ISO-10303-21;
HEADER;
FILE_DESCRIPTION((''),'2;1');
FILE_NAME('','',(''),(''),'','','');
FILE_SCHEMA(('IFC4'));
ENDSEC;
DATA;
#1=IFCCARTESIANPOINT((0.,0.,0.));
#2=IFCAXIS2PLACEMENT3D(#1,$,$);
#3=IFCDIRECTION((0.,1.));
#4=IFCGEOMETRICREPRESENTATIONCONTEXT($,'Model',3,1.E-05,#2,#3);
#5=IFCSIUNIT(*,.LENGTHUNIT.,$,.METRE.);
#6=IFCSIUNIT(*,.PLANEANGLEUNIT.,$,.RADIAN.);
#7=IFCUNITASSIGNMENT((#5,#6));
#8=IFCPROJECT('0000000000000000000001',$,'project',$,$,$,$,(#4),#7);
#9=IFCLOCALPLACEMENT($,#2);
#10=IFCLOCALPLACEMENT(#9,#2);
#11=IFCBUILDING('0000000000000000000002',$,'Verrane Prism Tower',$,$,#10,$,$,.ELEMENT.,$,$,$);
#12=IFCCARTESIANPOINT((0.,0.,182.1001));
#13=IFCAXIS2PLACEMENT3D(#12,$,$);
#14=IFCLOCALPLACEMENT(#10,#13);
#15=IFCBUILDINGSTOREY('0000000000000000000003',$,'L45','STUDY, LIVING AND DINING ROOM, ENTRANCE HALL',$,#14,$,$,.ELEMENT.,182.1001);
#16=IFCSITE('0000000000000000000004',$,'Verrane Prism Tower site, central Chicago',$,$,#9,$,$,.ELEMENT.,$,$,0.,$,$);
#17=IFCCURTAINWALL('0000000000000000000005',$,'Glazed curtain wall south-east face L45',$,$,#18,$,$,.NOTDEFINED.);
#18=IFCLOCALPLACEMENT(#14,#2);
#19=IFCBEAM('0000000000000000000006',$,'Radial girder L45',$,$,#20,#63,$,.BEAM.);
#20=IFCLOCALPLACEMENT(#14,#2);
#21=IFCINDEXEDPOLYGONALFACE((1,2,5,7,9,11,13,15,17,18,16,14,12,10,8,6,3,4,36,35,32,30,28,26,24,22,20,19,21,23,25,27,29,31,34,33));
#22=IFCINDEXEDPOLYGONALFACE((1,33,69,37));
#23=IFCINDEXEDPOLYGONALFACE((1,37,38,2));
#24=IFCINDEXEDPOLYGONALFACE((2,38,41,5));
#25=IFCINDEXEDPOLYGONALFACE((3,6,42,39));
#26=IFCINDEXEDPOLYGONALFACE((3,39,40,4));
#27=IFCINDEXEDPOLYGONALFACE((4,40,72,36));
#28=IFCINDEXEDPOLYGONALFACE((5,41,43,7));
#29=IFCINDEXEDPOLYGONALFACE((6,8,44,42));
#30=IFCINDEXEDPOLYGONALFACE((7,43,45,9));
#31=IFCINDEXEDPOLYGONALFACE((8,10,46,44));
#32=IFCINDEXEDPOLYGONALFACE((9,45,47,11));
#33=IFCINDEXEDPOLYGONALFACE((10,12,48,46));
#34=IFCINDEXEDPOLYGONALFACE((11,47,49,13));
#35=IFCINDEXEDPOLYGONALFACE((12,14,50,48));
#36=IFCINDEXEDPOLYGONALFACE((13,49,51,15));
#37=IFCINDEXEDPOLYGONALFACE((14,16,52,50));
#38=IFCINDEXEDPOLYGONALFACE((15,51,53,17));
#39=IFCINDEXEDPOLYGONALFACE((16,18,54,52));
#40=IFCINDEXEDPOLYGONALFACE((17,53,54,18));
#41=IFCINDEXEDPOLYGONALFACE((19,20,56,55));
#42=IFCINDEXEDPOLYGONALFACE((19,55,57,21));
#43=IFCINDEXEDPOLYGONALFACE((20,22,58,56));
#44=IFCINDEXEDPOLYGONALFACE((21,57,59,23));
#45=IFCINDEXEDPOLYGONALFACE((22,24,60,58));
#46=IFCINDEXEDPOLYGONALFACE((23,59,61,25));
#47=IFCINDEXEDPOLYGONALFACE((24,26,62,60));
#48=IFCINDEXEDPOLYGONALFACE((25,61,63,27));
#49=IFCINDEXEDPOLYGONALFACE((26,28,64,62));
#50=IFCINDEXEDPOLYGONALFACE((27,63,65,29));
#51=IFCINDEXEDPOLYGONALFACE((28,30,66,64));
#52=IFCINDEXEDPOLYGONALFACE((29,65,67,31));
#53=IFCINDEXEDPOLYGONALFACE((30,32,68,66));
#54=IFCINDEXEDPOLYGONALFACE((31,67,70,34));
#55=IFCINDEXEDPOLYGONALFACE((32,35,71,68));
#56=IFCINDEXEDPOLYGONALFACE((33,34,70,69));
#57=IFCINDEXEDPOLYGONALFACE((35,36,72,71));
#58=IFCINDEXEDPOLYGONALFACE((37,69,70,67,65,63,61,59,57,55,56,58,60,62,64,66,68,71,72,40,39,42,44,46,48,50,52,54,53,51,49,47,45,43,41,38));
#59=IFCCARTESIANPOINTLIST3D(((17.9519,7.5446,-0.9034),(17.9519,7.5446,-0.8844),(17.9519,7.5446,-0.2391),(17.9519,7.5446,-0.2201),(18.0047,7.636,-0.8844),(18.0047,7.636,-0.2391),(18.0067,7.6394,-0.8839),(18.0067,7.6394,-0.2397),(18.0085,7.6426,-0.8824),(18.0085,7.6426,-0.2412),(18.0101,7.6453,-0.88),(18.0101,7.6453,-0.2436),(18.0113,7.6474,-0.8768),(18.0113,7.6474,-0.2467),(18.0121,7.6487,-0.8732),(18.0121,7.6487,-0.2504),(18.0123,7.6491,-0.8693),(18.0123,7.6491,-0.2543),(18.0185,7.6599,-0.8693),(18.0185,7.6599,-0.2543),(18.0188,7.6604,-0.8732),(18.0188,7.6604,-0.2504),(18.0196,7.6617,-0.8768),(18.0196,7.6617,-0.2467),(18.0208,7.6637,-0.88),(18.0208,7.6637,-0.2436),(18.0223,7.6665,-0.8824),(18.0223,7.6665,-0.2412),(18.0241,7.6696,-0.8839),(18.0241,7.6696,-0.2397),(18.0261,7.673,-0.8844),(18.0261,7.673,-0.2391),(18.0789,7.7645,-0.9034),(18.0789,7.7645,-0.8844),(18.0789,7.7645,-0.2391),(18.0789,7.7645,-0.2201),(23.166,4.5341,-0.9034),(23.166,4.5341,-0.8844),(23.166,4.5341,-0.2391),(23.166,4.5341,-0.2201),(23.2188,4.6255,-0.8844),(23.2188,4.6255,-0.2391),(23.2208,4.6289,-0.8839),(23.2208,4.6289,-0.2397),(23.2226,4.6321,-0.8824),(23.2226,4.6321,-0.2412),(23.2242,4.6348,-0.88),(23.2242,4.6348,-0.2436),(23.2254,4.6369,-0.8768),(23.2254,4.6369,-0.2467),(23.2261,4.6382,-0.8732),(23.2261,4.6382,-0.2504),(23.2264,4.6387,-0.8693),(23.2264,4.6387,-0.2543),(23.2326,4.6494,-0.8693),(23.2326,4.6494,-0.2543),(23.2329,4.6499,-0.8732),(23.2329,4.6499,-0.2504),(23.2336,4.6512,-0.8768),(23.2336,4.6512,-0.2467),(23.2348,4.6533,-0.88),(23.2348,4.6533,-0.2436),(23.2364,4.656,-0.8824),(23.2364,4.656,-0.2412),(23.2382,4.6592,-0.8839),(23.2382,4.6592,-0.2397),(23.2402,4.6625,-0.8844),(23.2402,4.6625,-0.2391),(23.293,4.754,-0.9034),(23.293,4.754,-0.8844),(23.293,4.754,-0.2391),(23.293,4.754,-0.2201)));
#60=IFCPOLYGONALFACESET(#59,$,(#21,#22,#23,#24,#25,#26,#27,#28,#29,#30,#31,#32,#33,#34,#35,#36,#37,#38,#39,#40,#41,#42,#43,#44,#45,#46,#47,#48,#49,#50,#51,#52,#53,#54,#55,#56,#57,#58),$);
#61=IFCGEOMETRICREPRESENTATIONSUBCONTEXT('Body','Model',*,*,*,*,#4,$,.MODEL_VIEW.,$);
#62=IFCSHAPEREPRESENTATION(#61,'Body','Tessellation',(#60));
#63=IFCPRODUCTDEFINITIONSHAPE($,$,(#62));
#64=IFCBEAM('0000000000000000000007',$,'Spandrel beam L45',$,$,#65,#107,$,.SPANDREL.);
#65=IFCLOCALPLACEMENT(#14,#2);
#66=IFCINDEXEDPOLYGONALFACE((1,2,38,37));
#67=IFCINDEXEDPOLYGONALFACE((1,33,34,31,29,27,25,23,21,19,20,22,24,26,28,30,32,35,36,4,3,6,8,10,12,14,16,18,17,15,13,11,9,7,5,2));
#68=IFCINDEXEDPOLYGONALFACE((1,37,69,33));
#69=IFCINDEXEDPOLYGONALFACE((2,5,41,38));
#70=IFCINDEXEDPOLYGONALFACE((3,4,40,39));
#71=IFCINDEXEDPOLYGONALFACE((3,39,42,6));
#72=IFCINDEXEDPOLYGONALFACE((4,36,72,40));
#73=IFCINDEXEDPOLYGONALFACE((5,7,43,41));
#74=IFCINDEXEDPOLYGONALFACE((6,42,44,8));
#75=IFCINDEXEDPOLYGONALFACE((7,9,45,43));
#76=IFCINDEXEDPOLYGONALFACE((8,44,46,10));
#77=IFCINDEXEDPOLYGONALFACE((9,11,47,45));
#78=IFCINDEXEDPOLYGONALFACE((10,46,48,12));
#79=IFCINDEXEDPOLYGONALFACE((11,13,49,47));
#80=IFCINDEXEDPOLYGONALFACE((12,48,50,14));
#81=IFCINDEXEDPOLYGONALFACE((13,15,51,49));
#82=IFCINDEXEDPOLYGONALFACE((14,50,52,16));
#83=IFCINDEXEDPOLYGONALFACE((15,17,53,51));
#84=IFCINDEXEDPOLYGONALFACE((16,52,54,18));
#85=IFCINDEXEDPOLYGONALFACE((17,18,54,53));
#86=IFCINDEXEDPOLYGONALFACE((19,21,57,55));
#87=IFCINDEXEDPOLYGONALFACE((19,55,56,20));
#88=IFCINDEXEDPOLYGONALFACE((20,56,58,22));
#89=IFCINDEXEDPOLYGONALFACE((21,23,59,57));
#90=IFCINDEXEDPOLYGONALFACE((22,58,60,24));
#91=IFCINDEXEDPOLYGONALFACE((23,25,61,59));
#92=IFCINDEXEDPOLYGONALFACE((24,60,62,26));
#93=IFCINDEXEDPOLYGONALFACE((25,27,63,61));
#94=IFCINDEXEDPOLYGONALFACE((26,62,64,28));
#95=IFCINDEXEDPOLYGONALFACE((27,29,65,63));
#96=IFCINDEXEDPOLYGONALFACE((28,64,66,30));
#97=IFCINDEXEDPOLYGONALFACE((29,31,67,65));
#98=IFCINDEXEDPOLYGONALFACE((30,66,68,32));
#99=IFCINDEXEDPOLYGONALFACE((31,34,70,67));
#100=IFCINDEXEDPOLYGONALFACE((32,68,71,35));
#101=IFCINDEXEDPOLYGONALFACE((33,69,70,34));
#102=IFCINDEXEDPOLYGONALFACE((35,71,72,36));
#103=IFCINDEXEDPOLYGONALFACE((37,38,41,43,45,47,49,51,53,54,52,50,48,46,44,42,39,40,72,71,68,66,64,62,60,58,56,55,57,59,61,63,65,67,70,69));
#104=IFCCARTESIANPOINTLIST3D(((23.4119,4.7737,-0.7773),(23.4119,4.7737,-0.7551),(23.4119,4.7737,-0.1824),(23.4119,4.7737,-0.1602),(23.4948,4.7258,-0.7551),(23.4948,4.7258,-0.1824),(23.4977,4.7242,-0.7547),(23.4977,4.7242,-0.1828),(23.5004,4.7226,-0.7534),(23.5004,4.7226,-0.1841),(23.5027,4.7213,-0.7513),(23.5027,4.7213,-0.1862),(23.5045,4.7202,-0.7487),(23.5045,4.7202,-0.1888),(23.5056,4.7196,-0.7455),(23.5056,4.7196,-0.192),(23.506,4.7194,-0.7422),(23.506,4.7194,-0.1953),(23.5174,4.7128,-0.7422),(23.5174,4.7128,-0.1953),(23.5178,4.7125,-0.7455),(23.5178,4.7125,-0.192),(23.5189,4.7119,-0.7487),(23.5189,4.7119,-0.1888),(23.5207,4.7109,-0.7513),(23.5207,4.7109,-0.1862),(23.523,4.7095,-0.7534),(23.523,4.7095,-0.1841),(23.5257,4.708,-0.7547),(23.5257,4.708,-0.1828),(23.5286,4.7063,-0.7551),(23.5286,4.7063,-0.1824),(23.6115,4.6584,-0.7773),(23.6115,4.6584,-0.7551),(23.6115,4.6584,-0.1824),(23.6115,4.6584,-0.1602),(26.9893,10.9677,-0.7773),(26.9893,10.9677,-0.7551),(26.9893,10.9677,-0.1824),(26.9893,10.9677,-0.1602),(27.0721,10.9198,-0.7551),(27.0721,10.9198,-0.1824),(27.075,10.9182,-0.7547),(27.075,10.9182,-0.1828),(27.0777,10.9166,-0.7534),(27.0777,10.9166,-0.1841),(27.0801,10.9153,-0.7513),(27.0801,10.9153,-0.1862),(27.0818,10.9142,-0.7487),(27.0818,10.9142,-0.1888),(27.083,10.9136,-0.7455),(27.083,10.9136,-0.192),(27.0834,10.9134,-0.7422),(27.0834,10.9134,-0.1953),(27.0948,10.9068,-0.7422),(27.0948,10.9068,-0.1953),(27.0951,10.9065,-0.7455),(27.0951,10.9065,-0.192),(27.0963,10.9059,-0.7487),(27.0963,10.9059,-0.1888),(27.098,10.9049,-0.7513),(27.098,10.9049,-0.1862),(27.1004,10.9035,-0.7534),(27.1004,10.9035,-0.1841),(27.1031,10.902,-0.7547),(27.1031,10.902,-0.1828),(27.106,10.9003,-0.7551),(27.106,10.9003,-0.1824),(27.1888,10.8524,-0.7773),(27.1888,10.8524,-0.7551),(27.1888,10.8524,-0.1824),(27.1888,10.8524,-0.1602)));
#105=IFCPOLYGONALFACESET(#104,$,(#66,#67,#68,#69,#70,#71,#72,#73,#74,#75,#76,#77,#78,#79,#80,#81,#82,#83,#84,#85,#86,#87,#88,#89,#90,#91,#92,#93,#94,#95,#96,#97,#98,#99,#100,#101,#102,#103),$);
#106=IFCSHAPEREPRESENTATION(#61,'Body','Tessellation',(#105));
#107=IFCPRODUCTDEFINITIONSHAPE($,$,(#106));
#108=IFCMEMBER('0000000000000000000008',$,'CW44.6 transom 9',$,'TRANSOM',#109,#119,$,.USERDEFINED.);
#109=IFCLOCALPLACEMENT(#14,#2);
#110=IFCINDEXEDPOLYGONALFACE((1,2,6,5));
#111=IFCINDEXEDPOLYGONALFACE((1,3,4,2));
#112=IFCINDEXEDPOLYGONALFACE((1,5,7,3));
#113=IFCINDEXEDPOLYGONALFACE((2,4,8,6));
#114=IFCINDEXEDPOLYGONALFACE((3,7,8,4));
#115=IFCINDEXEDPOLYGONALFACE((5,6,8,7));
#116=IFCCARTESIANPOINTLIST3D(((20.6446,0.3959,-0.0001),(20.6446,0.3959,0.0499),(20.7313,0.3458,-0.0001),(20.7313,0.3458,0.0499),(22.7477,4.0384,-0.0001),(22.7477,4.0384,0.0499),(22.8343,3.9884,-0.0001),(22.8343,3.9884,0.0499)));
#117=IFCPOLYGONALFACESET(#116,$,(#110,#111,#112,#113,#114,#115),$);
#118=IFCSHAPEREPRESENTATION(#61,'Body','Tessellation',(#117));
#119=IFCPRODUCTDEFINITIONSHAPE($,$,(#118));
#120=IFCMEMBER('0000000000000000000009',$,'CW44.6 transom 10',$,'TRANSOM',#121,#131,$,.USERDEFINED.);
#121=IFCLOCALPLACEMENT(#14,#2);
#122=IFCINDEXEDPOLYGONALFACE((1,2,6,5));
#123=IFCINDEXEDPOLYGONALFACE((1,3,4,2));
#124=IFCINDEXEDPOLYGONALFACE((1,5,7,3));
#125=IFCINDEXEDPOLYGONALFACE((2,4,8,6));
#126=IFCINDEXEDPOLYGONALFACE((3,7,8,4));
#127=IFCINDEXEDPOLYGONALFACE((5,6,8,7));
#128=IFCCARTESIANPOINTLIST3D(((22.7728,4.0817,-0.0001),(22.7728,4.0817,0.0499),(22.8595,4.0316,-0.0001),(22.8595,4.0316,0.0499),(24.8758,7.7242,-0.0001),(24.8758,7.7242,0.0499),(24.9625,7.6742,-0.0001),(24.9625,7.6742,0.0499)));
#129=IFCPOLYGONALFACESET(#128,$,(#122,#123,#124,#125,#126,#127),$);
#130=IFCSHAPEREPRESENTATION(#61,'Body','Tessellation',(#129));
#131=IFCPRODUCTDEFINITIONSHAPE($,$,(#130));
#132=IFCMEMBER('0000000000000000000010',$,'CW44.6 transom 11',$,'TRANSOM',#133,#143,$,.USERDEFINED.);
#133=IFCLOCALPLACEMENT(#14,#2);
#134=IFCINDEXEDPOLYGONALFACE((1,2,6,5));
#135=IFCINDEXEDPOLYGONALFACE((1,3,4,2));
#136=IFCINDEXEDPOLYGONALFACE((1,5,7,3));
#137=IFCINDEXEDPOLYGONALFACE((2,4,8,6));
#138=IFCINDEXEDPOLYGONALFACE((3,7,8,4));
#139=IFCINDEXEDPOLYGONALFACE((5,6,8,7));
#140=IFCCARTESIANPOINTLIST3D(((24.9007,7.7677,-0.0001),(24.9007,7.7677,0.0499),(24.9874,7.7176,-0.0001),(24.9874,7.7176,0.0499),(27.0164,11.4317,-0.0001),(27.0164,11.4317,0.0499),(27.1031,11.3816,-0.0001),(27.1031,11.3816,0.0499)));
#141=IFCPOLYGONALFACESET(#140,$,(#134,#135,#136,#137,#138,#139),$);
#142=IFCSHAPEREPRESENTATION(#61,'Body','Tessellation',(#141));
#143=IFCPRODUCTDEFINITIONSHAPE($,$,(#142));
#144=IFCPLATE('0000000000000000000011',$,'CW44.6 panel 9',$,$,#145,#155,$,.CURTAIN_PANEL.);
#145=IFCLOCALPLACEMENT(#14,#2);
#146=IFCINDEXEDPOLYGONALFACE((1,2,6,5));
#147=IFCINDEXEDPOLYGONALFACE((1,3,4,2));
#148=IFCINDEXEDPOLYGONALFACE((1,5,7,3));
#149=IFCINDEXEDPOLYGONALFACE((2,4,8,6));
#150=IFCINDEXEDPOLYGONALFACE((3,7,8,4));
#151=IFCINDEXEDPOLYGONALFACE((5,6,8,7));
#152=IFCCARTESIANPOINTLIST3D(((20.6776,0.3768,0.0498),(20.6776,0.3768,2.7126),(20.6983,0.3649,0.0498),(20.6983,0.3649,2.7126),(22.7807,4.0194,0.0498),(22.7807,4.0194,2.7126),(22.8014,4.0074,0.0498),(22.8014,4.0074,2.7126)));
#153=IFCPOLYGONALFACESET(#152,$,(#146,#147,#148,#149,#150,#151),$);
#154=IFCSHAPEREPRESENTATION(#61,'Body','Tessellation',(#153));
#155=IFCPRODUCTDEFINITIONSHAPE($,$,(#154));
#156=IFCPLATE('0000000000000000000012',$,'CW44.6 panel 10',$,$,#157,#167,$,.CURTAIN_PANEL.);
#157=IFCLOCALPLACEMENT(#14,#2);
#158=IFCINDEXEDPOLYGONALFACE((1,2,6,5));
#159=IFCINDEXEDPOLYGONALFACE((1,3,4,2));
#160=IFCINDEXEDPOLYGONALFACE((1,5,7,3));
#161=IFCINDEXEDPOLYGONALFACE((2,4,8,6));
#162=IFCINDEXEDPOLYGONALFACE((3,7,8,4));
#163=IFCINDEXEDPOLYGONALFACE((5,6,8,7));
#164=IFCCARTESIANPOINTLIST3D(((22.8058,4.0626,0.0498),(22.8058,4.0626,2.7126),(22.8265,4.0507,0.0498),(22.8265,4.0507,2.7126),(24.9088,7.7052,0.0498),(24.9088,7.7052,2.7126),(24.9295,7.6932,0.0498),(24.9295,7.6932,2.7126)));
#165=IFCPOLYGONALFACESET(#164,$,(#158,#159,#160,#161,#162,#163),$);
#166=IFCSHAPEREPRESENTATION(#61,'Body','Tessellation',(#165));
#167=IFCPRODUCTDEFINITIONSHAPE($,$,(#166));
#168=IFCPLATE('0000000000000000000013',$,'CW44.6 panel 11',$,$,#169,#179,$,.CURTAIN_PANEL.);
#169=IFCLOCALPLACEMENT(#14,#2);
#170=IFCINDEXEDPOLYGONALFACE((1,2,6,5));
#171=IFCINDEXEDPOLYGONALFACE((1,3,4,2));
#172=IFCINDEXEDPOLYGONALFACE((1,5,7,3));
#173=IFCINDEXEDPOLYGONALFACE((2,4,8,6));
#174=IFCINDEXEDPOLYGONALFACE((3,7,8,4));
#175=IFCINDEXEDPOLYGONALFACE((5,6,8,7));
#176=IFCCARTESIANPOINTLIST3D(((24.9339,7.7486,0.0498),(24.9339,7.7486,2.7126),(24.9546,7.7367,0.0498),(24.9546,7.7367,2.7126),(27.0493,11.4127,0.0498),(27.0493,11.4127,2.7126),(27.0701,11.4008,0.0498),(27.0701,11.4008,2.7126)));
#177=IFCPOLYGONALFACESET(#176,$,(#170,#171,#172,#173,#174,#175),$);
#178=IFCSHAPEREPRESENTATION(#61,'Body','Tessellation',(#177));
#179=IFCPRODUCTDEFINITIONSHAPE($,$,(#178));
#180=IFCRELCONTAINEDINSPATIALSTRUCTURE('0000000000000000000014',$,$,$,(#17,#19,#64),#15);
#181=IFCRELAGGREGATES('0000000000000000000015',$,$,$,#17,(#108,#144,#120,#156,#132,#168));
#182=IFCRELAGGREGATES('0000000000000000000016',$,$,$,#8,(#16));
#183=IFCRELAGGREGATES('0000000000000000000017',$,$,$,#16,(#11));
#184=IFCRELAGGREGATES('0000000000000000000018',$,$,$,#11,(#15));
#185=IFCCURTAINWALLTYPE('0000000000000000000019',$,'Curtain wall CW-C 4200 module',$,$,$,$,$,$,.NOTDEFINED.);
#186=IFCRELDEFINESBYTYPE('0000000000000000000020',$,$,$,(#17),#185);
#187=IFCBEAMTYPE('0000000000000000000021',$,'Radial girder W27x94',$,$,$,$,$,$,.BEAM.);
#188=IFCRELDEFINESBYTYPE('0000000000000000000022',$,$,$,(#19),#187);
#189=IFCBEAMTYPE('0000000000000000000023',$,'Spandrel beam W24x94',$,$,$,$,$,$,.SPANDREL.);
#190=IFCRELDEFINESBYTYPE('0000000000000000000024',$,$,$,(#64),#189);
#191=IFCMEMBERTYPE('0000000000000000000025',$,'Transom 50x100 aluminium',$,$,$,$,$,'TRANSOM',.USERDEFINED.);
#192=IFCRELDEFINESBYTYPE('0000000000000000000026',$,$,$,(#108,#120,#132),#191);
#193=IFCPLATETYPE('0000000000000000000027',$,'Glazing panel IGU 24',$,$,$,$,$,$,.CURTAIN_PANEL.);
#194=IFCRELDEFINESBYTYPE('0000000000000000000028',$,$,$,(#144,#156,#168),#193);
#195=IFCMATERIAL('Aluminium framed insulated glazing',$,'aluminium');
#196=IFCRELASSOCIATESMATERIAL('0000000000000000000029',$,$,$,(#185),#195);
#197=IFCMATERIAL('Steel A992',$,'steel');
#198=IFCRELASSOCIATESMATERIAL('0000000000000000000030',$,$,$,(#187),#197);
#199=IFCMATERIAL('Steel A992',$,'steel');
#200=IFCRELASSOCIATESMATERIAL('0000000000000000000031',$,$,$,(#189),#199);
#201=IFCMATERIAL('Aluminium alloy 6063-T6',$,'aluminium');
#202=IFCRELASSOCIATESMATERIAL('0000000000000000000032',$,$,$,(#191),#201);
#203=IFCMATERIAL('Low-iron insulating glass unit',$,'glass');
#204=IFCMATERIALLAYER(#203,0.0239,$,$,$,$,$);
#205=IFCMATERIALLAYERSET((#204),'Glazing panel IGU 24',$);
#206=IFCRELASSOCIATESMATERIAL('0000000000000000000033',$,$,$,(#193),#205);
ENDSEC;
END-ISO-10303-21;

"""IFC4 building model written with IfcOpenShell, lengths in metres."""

from ifc_helpers import new_model, si_unit, direction, frame, origin, origin_2d, place, context, subcontext, project, spatial, rectangle, i_section, extrude, material, layer, layer_set, material_profile, profile_set, type_object, element, aggregate, save


model = new_model("IFC4")

# Units and contexts
model_context = context("Model", 3, precision=1e-05, world=origin(), true_north=direction((0.0, 1.0)))
body_context = subcontext(model_context, "Body", "Model", "MODEL_VIEW")
ifc_project = project(units=[si_unit("LENGTHUNIT", "METRE"), si_unit("PLANEANGLEUNIT", "RADIAN")], contexts=[model_context])

# Site, building, storey
site_placement = place(None, origin())
site = spatial("IfcSite", under=ifc_project, at=site_placement, Name="Verrane Prism Tower site, central Chicago", CompositionType="ELEMENT", RefElevation=0.0)
building_placement = place(site_placement, origin())
building = spatial("IfcBuilding", under=site, at=building_placement, Name="Verrane Prism Tower", CompositionType="ELEMENT")
storey_placement = place(building_placement, frame((0.0, 0.0, 182.1001)))
storey = spatial("IfcBuildingStorey", under=building, at=storey_placement, Name="L45", Description="STUDY, LIVING AND DINING ROOM, ENTRANCE HALL", CompositionType="ELEMENT", Elevation=182.1001)

# Curtain wall
ifc_material_1 = material(Name="Aluminium framed insulated glazing", Category="aluminium")
curtain_wall_type = type_object("IfcCurtainWallType", Name="Curtain wall CW-C 4200 module", PredefinedType="NOTDEFINED", material=ifc_material_1)
curtain_wall_placement = place(storey_placement, origin())
curtain_wall = element("IfcCurtainWall", 1, at=curtain_wall_placement, inside=storey, type_object=curtain_wall_type, Name="Glazed curtain wall south-east face L45", PredefinedType="NOTDEFINED")

# Beams
ifc_material_2 = material(Name="Steel A992", Category="steel")
ifc_material_profile_1 = material_profile(ifc_material_2, i_section(OverallWidth=0.2539, OverallDepth=0.6833, WebThickness=0.0125, FlangeThickness=0.019, FilletRadius=0.0151, at=origin_2d()), Name="W27x94")
ifc_profile_set_1 = profile_set([ifc_material_profile_1], Name="Steel A992")
beam_type_1 = type_object("IfcBeamType", Name="Radial girder W27x94", PredefinedType="BEAM", material=ifc_profile_set_1)
beam_1_placement = place(storey_placement, frame((23.2295, 4.644, -0.5618), z_axis=(-0.866016, 0.500016, 0.0), x_axis=(-0.500016, -0.866016, 0.0)))
element("IfcBeam", 2, at=beam_1_placement, inside=storey, type_object=beam_type_1, Name="Radial girder L45", PredefinedType="BEAM", context=body_context, shape_type="SweptSolid", body=[
    extrude(i_section(OverallWidth=0.2539, OverallDepth=0.6833, WebThickness=0.0125, FlangeThickness=0.019, FilletRadius=0.0151, at=origin_2d()), origin(), (0.0, 0.0, 1.0), 6.0208),
])
ifc_material_3 = material(Name="Steel A992", Category="steel")
ifc_material_profile_2 = material_profile(ifc_material_3, i_section(OverallWidth=0.2305, OverallDepth=0.6172, WebThickness=0.0132, FlangeThickness=0.0222, FilletRadius=0.0129, at=origin_2d()), Name="W24x94")
ifc_profile_set_2 = profile_set([ifc_material_profile_2], Name="Steel A992")
beam_type_2 = type_object("IfcBeamType", Name="Spandrel beam W24x94", PredefinedType="SPANDREL", material=ifc_profile_set_2)
beam_2_placement = place(storey_placement, frame((23.5117, 4.7161, -0.4688), z_axis=(0.500129, 0.865951, 0.0), x_axis=(-0.865951, 0.500129, 0.0)))
element("IfcBeam", 3, at=beam_2_placement, inside=storey, type_object=beam_type_2, Name="Spandrel beam L45", PredefinedType="SPANDREL", context=body_context, shape_type="SweptSolid", body=[
    extrude(i_section(OverallWidth=0.2305, OverallDepth=0.6172, WebThickness=0.0132, FlangeThickness=0.0222, FilletRadius=0.0129, at=origin_2d()), origin(), (0.0, 0.0, 1.0), 7.1528),
])

# Members
ifc_material_4 = material(Name="Aluminium alloy 6063-T6", Category="aluminium")
ifc_material_profile_3 = material_profile(ifc_material_4, rectangle(XDim=0.1001, YDim=0.05, at=origin_2d()), Name="Transom 50x100 aluminium")
ifc_profile_set_3 = profile_set([ifc_material_profile_3], Name="Aluminium alloy 6063-T6")
member_type_1 = type_object("IfcMemberType", Name="Transom 50x100 aluminium", ElementType="TRANSOM", PredefinedType="USERDEFINED", material=ifc_profile_set_3)
member_1_placement = place(storey_placement, frame((20.688, 0.3708, 0.0249), z_axis=(0.499997, 0.866027, 0.0), x_axis=(-0.866027, 0.499997, 0.0)))
member_1 = element("IfcMember", 4, at=member_1_placement, type_object=member_type_1, Name="CW44.6 transom 9", ObjectType="TRANSOM", PredefinedType="USERDEFINED", context=body_context, shape_type="SweptSolid", body=[
    extrude(rectangle(XDim=0.1001, YDim=0.05, at=origin_2d()), origin(), (0.0, 0.0, 1.0), 4.2061),
])
member_2_placement = place(storey_placement, frame((22.8162, 4.0566, 0.0249), z_axis=(0.499997, 0.866027, 0.0), x_axis=(-0.866027, 0.499997, 0.0)))
member_2 = element("IfcMember", 5, at=member_2_placement, type_object=member_type_1, Name="CW44.6 transom 10", ObjectType="TRANSOM", PredefinedType="USERDEFINED", context=body_context, shape_type="SweptSolid", body=[
    extrude(rectangle(XDim=0.1001, YDim=0.05, at=origin_2d()), origin(), (0.0, 0.0, 1.0), 4.2061),
])
member_3_placement = place(storey_placement, frame((24.9441, 7.7427, 0.0249), z_axis=(0.500049, 0.865997, 0.0), x_axis=(-0.865997, 0.500049, 0.0)))
member_3 = element("IfcMember", 6, at=member_3_placement, type_object=member_type_1, Name="CW44.6 transom 11", ObjectType="TRANSOM", PredefinedType="USERDEFINED", context=body_context, shape_type="SweptSolid", body=[
    extrude(rectangle(XDim=0.1001, YDim=0.05, at=origin_2d()), origin(), (0.0, 0.0, 1.0), 4.231),
])

# Plates
ifc_material_5 = material(Name="Low-iron insulating glass unit", Category="glass")
ifc_layer_1 = layer(ifc_material_5, 0.0239)
ifc_layer_set_1 = layer_set([ifc_layer_1], Name="Glazing panel IGU 24")
plate_type = type_object("IfcPlateType", Name="Glazing panel IGU 24", PredefinedType="CURTAIN_PANEL", material=ifc_layer_set_1)
plate_1_placement = place(storey_placement, frame((21.7395, 2.1921, 0.0498), z_axis=(0.0, 0.0, 1.0), x_axis=(0.499999, 0.866026, 0.0)))
plate_1 = element("IfcPlate", 7, at=plate_1_placement, type_object=plate_type, Name="CW44.6 panel 9", PredefinedType="CURTAIN_PANEL", context=body_context, shape_type="SweptSolid", body=[
    extrude(rectangle(XDim=4.2061, YDim=0.0239, at=origin_2d()), origin(), (0.0, 0.0, 1.0), 2.6628),
])
plate_2_placement = place(storey_placement, frame((23.8677, 5.8779, 0.0498), z_axis=(0.0, 0.0, 1.0), x_axis=(0.499999, 0.866026, 0.0)))
plate_2 = element("IfcPlate", 8, at=plate_2_placement, type_object=plate_type, Name="CW44.6 panel 10", PredefinedType="CURTAIN_PANEL", context=body_context, shape_type="SweptSolid", body=[
    extrude(rectangle(XDim=4.2061, YDim=0.0239, at=origin_2d()), origin(), (0.0, 0.0, 1.0), 2.6628),
])
plate_3_placement = place(storey_placement, frame((26.002, 9.5747, 0.0498), z_axis=(0.0, 0.0, 1.0), x_axis=(0.499999, 0.866026, 0.0)))
plate_3 = element("IfcPlate", 9, at=plate_3_placement, type_object=plate_type, Name="CW44.6 panel 11", PredefinedType="CURTAIN_PANEL", context=body_context, shape_type="SweptSolid", body=[
    extrude(rectangle(XDim=4.231, YDim=0.0239, at=origin_2d()), origin(), (0.0, 0.0, 1.0), 2.6628),
])
aggregate(curtain_wall, [member_1, plate_1, member_2, plate_2, member_3, plate_3])

save(model, "model.ifc")
